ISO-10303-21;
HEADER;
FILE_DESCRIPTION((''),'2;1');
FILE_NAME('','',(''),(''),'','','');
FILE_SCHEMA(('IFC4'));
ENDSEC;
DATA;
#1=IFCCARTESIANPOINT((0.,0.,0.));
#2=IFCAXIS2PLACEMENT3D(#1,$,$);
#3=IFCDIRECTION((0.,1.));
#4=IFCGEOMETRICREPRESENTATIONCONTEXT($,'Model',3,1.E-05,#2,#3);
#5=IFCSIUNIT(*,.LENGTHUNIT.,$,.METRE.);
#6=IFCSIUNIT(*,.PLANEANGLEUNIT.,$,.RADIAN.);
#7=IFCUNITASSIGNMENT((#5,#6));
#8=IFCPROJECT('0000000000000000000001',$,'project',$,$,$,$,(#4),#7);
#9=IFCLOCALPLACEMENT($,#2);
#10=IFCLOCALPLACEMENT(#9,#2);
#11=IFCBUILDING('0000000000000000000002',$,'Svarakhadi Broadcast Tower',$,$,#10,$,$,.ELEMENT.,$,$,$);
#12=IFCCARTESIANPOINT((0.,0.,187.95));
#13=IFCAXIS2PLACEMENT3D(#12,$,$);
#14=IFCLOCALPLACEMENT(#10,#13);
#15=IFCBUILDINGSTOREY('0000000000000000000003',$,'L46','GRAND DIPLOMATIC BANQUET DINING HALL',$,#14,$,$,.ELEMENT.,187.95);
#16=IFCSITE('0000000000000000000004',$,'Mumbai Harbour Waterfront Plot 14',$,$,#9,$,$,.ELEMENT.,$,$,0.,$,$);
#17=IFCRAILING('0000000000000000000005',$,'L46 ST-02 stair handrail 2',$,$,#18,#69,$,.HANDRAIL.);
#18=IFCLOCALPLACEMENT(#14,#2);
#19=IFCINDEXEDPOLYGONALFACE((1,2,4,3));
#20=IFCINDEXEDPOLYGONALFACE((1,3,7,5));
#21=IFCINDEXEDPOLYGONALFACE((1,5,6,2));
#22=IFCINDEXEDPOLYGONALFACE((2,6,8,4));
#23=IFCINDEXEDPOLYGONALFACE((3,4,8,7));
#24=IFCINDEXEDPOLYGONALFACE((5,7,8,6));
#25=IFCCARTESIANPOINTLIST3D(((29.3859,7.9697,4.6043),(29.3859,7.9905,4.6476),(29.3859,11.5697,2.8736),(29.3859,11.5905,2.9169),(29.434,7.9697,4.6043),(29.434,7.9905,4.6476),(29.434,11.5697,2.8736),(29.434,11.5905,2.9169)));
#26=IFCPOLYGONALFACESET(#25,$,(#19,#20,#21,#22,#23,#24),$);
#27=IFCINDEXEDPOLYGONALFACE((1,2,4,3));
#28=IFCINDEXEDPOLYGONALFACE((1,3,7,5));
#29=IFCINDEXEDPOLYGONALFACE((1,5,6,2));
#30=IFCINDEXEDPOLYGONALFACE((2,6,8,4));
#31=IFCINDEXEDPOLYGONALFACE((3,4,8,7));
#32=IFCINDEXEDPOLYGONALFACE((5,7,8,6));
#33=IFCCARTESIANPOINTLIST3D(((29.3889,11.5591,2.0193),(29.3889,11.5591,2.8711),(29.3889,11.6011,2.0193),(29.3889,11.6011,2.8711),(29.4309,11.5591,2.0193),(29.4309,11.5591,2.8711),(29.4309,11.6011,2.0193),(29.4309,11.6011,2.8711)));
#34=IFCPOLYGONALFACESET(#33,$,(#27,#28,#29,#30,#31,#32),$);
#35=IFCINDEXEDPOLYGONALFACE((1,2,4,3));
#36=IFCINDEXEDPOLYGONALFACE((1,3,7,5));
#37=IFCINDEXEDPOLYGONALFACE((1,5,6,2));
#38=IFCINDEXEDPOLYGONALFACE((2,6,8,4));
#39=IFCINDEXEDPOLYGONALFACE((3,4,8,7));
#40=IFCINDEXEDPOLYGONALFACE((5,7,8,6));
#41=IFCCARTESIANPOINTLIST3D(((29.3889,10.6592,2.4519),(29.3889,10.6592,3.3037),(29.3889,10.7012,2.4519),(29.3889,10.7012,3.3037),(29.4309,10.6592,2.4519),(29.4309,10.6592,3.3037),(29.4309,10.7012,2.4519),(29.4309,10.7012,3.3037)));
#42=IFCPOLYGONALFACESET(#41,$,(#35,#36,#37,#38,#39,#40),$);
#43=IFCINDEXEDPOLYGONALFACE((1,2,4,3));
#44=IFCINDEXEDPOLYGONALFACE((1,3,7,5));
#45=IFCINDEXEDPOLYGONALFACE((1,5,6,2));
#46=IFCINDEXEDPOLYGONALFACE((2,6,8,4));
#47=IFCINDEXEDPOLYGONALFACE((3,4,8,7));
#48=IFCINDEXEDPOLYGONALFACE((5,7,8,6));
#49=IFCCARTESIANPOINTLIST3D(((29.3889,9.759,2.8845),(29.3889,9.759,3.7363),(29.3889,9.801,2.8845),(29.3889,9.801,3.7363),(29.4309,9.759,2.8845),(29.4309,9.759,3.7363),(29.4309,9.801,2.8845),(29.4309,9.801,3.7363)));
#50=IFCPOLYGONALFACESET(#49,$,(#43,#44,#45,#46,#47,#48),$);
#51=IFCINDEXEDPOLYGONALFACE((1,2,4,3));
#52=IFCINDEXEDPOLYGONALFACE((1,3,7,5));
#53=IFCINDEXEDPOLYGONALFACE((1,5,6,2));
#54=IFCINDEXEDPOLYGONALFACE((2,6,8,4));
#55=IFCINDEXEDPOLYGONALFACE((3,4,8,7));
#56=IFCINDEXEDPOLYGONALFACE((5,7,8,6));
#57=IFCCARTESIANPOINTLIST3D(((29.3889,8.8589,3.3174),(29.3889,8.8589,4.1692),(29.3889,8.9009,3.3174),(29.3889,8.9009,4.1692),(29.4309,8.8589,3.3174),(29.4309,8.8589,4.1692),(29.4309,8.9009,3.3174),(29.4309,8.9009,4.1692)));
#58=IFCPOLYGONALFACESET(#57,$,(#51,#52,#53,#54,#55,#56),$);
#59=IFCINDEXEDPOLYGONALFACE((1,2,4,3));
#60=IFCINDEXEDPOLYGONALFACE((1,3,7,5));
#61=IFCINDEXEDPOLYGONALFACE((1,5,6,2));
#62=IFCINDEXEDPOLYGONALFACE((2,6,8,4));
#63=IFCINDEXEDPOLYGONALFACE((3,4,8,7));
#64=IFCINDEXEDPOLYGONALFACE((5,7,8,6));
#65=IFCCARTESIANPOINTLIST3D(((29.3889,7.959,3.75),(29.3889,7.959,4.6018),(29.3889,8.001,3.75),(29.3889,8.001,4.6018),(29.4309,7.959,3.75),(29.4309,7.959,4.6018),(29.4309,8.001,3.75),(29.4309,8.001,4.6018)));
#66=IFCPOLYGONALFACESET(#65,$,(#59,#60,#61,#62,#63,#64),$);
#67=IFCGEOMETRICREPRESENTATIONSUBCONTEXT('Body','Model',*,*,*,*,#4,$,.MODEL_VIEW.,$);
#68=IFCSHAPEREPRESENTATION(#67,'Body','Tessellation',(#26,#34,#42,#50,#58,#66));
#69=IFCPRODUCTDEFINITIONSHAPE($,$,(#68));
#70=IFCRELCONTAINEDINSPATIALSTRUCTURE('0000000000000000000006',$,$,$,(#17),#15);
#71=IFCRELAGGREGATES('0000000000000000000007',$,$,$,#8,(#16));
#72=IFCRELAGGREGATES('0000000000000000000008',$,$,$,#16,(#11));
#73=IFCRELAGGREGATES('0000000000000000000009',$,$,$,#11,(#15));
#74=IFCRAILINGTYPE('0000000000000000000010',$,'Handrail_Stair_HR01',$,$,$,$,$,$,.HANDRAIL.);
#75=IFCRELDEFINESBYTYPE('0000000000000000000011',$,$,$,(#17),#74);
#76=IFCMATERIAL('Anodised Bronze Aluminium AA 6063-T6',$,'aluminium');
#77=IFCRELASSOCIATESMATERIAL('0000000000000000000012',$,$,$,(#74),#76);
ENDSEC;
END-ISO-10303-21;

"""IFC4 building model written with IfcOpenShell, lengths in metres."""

from ifc_helpers import new_model, si_unit, direction, frame, origin, origin_2d, place, context, subcontext, project, spatial, rectangle, extrude, material, type_object, element, save


model = new_model("IFC4")

# Units and contexts
model_context = context("Model", 3, precision=1e-05, world=origin(), true_north=direction((0.0, 1.0)))
body_context = subcontext(model_context, "Body", "Model", "MODEL_VIEW")
ifc_project = project(units=[si_unit("LENGTHUNIT", "METRE"), si_unit("PLANEANGLEUNIT", "RADIAN")], contexts=[model_context])

# Site, building, storey
site_placement = place(None, origin())
site = spatial("IfcSite", under=ifc_project, at=site_placement, Name="Mumbai Harbour Waterfront Plot 14", CompositionType="ELEMENT", RefElevation=0.0)
building_placement = place(site_placement, origin())
building = spatial("IfcBuilding", under=site, at=building_placement, Name="Svarakhadi Broadcast Tower", CompositionType="ELEMENT")
storey_placement = place(building_placement, frame((0.0, 0.0, 187.95)))
storey = spatial("IfcBuildingStorey", under=building, at=storey_placement, Name="L46", Description="GRAND DIPLOMATIC BANQUET DINING HALL", CompositionType="ELEMENT", Elevation=187.95)

# Shared definitions
ifc_material_1 = material(Name="Anodised Bronze Aluminium AA 6063-T6", Category="aluminium")

# Railing
railing_type = type_object("IfcRailingType", Name="Handrail_Stair_HR01", PredefinedType="HANDRAIL", material=ifc_material_1)
railing_placement = place(storey_placement, frame((29.4099, 11.5801, 2.0193)))
element("IfcRailing", 1, at=railing_placement, inside=storey, type_object=railing_type, Name="L46 ST-02 stair handrail 2", PredefinedType="HANDRAIL", context=body_context, shape_type="SweptSolid", body=[
    extrude(rectangle(XDim=0.0481, YDim=0.0481, at=origin_2d()), frame((0.0, 0.0, 0.876), z_axis=(0.0, -0.901263, 0.433273), x_axis=(1.0, 0.0, 0.0)), (0.0, 0.0, 1.0), 3.9944),
    extrude(rectangle(XDim=0.042, YDim=0.042, at=origin_2d()), origin(), (0.0, 0.0, 1.0), 0.8518),
    extrude(rectangle(XDim=0.042, YDim=0.042, at=origin_2d()), frame((0.0, -0.8999, 0.4326)), (0.0, 0.0, 1.0), 0.8518),
    extrude(rectangle(XDim=0.042, YDim=0.042, at=origin_2d()), frame((0.0, -1.8, 0.8652)), (0.0, 0.0, 1.0), 0.8518),
    extrude(rectangle(XDim=0.042, YDim=0.042, at=origin_2d()), frame((0.0, -2.7002, 1.2981)), (0.0, 0.0, 1.0), 0.8518),
    extrude(rectangle(XDim=0.042, YDim=0.042, at=origin_2d()), frame((0.0, -3.6001, 1.7307)), (0.0, 0.0, 1.0), 0.8518),
])

save(model, "model.ifc")
